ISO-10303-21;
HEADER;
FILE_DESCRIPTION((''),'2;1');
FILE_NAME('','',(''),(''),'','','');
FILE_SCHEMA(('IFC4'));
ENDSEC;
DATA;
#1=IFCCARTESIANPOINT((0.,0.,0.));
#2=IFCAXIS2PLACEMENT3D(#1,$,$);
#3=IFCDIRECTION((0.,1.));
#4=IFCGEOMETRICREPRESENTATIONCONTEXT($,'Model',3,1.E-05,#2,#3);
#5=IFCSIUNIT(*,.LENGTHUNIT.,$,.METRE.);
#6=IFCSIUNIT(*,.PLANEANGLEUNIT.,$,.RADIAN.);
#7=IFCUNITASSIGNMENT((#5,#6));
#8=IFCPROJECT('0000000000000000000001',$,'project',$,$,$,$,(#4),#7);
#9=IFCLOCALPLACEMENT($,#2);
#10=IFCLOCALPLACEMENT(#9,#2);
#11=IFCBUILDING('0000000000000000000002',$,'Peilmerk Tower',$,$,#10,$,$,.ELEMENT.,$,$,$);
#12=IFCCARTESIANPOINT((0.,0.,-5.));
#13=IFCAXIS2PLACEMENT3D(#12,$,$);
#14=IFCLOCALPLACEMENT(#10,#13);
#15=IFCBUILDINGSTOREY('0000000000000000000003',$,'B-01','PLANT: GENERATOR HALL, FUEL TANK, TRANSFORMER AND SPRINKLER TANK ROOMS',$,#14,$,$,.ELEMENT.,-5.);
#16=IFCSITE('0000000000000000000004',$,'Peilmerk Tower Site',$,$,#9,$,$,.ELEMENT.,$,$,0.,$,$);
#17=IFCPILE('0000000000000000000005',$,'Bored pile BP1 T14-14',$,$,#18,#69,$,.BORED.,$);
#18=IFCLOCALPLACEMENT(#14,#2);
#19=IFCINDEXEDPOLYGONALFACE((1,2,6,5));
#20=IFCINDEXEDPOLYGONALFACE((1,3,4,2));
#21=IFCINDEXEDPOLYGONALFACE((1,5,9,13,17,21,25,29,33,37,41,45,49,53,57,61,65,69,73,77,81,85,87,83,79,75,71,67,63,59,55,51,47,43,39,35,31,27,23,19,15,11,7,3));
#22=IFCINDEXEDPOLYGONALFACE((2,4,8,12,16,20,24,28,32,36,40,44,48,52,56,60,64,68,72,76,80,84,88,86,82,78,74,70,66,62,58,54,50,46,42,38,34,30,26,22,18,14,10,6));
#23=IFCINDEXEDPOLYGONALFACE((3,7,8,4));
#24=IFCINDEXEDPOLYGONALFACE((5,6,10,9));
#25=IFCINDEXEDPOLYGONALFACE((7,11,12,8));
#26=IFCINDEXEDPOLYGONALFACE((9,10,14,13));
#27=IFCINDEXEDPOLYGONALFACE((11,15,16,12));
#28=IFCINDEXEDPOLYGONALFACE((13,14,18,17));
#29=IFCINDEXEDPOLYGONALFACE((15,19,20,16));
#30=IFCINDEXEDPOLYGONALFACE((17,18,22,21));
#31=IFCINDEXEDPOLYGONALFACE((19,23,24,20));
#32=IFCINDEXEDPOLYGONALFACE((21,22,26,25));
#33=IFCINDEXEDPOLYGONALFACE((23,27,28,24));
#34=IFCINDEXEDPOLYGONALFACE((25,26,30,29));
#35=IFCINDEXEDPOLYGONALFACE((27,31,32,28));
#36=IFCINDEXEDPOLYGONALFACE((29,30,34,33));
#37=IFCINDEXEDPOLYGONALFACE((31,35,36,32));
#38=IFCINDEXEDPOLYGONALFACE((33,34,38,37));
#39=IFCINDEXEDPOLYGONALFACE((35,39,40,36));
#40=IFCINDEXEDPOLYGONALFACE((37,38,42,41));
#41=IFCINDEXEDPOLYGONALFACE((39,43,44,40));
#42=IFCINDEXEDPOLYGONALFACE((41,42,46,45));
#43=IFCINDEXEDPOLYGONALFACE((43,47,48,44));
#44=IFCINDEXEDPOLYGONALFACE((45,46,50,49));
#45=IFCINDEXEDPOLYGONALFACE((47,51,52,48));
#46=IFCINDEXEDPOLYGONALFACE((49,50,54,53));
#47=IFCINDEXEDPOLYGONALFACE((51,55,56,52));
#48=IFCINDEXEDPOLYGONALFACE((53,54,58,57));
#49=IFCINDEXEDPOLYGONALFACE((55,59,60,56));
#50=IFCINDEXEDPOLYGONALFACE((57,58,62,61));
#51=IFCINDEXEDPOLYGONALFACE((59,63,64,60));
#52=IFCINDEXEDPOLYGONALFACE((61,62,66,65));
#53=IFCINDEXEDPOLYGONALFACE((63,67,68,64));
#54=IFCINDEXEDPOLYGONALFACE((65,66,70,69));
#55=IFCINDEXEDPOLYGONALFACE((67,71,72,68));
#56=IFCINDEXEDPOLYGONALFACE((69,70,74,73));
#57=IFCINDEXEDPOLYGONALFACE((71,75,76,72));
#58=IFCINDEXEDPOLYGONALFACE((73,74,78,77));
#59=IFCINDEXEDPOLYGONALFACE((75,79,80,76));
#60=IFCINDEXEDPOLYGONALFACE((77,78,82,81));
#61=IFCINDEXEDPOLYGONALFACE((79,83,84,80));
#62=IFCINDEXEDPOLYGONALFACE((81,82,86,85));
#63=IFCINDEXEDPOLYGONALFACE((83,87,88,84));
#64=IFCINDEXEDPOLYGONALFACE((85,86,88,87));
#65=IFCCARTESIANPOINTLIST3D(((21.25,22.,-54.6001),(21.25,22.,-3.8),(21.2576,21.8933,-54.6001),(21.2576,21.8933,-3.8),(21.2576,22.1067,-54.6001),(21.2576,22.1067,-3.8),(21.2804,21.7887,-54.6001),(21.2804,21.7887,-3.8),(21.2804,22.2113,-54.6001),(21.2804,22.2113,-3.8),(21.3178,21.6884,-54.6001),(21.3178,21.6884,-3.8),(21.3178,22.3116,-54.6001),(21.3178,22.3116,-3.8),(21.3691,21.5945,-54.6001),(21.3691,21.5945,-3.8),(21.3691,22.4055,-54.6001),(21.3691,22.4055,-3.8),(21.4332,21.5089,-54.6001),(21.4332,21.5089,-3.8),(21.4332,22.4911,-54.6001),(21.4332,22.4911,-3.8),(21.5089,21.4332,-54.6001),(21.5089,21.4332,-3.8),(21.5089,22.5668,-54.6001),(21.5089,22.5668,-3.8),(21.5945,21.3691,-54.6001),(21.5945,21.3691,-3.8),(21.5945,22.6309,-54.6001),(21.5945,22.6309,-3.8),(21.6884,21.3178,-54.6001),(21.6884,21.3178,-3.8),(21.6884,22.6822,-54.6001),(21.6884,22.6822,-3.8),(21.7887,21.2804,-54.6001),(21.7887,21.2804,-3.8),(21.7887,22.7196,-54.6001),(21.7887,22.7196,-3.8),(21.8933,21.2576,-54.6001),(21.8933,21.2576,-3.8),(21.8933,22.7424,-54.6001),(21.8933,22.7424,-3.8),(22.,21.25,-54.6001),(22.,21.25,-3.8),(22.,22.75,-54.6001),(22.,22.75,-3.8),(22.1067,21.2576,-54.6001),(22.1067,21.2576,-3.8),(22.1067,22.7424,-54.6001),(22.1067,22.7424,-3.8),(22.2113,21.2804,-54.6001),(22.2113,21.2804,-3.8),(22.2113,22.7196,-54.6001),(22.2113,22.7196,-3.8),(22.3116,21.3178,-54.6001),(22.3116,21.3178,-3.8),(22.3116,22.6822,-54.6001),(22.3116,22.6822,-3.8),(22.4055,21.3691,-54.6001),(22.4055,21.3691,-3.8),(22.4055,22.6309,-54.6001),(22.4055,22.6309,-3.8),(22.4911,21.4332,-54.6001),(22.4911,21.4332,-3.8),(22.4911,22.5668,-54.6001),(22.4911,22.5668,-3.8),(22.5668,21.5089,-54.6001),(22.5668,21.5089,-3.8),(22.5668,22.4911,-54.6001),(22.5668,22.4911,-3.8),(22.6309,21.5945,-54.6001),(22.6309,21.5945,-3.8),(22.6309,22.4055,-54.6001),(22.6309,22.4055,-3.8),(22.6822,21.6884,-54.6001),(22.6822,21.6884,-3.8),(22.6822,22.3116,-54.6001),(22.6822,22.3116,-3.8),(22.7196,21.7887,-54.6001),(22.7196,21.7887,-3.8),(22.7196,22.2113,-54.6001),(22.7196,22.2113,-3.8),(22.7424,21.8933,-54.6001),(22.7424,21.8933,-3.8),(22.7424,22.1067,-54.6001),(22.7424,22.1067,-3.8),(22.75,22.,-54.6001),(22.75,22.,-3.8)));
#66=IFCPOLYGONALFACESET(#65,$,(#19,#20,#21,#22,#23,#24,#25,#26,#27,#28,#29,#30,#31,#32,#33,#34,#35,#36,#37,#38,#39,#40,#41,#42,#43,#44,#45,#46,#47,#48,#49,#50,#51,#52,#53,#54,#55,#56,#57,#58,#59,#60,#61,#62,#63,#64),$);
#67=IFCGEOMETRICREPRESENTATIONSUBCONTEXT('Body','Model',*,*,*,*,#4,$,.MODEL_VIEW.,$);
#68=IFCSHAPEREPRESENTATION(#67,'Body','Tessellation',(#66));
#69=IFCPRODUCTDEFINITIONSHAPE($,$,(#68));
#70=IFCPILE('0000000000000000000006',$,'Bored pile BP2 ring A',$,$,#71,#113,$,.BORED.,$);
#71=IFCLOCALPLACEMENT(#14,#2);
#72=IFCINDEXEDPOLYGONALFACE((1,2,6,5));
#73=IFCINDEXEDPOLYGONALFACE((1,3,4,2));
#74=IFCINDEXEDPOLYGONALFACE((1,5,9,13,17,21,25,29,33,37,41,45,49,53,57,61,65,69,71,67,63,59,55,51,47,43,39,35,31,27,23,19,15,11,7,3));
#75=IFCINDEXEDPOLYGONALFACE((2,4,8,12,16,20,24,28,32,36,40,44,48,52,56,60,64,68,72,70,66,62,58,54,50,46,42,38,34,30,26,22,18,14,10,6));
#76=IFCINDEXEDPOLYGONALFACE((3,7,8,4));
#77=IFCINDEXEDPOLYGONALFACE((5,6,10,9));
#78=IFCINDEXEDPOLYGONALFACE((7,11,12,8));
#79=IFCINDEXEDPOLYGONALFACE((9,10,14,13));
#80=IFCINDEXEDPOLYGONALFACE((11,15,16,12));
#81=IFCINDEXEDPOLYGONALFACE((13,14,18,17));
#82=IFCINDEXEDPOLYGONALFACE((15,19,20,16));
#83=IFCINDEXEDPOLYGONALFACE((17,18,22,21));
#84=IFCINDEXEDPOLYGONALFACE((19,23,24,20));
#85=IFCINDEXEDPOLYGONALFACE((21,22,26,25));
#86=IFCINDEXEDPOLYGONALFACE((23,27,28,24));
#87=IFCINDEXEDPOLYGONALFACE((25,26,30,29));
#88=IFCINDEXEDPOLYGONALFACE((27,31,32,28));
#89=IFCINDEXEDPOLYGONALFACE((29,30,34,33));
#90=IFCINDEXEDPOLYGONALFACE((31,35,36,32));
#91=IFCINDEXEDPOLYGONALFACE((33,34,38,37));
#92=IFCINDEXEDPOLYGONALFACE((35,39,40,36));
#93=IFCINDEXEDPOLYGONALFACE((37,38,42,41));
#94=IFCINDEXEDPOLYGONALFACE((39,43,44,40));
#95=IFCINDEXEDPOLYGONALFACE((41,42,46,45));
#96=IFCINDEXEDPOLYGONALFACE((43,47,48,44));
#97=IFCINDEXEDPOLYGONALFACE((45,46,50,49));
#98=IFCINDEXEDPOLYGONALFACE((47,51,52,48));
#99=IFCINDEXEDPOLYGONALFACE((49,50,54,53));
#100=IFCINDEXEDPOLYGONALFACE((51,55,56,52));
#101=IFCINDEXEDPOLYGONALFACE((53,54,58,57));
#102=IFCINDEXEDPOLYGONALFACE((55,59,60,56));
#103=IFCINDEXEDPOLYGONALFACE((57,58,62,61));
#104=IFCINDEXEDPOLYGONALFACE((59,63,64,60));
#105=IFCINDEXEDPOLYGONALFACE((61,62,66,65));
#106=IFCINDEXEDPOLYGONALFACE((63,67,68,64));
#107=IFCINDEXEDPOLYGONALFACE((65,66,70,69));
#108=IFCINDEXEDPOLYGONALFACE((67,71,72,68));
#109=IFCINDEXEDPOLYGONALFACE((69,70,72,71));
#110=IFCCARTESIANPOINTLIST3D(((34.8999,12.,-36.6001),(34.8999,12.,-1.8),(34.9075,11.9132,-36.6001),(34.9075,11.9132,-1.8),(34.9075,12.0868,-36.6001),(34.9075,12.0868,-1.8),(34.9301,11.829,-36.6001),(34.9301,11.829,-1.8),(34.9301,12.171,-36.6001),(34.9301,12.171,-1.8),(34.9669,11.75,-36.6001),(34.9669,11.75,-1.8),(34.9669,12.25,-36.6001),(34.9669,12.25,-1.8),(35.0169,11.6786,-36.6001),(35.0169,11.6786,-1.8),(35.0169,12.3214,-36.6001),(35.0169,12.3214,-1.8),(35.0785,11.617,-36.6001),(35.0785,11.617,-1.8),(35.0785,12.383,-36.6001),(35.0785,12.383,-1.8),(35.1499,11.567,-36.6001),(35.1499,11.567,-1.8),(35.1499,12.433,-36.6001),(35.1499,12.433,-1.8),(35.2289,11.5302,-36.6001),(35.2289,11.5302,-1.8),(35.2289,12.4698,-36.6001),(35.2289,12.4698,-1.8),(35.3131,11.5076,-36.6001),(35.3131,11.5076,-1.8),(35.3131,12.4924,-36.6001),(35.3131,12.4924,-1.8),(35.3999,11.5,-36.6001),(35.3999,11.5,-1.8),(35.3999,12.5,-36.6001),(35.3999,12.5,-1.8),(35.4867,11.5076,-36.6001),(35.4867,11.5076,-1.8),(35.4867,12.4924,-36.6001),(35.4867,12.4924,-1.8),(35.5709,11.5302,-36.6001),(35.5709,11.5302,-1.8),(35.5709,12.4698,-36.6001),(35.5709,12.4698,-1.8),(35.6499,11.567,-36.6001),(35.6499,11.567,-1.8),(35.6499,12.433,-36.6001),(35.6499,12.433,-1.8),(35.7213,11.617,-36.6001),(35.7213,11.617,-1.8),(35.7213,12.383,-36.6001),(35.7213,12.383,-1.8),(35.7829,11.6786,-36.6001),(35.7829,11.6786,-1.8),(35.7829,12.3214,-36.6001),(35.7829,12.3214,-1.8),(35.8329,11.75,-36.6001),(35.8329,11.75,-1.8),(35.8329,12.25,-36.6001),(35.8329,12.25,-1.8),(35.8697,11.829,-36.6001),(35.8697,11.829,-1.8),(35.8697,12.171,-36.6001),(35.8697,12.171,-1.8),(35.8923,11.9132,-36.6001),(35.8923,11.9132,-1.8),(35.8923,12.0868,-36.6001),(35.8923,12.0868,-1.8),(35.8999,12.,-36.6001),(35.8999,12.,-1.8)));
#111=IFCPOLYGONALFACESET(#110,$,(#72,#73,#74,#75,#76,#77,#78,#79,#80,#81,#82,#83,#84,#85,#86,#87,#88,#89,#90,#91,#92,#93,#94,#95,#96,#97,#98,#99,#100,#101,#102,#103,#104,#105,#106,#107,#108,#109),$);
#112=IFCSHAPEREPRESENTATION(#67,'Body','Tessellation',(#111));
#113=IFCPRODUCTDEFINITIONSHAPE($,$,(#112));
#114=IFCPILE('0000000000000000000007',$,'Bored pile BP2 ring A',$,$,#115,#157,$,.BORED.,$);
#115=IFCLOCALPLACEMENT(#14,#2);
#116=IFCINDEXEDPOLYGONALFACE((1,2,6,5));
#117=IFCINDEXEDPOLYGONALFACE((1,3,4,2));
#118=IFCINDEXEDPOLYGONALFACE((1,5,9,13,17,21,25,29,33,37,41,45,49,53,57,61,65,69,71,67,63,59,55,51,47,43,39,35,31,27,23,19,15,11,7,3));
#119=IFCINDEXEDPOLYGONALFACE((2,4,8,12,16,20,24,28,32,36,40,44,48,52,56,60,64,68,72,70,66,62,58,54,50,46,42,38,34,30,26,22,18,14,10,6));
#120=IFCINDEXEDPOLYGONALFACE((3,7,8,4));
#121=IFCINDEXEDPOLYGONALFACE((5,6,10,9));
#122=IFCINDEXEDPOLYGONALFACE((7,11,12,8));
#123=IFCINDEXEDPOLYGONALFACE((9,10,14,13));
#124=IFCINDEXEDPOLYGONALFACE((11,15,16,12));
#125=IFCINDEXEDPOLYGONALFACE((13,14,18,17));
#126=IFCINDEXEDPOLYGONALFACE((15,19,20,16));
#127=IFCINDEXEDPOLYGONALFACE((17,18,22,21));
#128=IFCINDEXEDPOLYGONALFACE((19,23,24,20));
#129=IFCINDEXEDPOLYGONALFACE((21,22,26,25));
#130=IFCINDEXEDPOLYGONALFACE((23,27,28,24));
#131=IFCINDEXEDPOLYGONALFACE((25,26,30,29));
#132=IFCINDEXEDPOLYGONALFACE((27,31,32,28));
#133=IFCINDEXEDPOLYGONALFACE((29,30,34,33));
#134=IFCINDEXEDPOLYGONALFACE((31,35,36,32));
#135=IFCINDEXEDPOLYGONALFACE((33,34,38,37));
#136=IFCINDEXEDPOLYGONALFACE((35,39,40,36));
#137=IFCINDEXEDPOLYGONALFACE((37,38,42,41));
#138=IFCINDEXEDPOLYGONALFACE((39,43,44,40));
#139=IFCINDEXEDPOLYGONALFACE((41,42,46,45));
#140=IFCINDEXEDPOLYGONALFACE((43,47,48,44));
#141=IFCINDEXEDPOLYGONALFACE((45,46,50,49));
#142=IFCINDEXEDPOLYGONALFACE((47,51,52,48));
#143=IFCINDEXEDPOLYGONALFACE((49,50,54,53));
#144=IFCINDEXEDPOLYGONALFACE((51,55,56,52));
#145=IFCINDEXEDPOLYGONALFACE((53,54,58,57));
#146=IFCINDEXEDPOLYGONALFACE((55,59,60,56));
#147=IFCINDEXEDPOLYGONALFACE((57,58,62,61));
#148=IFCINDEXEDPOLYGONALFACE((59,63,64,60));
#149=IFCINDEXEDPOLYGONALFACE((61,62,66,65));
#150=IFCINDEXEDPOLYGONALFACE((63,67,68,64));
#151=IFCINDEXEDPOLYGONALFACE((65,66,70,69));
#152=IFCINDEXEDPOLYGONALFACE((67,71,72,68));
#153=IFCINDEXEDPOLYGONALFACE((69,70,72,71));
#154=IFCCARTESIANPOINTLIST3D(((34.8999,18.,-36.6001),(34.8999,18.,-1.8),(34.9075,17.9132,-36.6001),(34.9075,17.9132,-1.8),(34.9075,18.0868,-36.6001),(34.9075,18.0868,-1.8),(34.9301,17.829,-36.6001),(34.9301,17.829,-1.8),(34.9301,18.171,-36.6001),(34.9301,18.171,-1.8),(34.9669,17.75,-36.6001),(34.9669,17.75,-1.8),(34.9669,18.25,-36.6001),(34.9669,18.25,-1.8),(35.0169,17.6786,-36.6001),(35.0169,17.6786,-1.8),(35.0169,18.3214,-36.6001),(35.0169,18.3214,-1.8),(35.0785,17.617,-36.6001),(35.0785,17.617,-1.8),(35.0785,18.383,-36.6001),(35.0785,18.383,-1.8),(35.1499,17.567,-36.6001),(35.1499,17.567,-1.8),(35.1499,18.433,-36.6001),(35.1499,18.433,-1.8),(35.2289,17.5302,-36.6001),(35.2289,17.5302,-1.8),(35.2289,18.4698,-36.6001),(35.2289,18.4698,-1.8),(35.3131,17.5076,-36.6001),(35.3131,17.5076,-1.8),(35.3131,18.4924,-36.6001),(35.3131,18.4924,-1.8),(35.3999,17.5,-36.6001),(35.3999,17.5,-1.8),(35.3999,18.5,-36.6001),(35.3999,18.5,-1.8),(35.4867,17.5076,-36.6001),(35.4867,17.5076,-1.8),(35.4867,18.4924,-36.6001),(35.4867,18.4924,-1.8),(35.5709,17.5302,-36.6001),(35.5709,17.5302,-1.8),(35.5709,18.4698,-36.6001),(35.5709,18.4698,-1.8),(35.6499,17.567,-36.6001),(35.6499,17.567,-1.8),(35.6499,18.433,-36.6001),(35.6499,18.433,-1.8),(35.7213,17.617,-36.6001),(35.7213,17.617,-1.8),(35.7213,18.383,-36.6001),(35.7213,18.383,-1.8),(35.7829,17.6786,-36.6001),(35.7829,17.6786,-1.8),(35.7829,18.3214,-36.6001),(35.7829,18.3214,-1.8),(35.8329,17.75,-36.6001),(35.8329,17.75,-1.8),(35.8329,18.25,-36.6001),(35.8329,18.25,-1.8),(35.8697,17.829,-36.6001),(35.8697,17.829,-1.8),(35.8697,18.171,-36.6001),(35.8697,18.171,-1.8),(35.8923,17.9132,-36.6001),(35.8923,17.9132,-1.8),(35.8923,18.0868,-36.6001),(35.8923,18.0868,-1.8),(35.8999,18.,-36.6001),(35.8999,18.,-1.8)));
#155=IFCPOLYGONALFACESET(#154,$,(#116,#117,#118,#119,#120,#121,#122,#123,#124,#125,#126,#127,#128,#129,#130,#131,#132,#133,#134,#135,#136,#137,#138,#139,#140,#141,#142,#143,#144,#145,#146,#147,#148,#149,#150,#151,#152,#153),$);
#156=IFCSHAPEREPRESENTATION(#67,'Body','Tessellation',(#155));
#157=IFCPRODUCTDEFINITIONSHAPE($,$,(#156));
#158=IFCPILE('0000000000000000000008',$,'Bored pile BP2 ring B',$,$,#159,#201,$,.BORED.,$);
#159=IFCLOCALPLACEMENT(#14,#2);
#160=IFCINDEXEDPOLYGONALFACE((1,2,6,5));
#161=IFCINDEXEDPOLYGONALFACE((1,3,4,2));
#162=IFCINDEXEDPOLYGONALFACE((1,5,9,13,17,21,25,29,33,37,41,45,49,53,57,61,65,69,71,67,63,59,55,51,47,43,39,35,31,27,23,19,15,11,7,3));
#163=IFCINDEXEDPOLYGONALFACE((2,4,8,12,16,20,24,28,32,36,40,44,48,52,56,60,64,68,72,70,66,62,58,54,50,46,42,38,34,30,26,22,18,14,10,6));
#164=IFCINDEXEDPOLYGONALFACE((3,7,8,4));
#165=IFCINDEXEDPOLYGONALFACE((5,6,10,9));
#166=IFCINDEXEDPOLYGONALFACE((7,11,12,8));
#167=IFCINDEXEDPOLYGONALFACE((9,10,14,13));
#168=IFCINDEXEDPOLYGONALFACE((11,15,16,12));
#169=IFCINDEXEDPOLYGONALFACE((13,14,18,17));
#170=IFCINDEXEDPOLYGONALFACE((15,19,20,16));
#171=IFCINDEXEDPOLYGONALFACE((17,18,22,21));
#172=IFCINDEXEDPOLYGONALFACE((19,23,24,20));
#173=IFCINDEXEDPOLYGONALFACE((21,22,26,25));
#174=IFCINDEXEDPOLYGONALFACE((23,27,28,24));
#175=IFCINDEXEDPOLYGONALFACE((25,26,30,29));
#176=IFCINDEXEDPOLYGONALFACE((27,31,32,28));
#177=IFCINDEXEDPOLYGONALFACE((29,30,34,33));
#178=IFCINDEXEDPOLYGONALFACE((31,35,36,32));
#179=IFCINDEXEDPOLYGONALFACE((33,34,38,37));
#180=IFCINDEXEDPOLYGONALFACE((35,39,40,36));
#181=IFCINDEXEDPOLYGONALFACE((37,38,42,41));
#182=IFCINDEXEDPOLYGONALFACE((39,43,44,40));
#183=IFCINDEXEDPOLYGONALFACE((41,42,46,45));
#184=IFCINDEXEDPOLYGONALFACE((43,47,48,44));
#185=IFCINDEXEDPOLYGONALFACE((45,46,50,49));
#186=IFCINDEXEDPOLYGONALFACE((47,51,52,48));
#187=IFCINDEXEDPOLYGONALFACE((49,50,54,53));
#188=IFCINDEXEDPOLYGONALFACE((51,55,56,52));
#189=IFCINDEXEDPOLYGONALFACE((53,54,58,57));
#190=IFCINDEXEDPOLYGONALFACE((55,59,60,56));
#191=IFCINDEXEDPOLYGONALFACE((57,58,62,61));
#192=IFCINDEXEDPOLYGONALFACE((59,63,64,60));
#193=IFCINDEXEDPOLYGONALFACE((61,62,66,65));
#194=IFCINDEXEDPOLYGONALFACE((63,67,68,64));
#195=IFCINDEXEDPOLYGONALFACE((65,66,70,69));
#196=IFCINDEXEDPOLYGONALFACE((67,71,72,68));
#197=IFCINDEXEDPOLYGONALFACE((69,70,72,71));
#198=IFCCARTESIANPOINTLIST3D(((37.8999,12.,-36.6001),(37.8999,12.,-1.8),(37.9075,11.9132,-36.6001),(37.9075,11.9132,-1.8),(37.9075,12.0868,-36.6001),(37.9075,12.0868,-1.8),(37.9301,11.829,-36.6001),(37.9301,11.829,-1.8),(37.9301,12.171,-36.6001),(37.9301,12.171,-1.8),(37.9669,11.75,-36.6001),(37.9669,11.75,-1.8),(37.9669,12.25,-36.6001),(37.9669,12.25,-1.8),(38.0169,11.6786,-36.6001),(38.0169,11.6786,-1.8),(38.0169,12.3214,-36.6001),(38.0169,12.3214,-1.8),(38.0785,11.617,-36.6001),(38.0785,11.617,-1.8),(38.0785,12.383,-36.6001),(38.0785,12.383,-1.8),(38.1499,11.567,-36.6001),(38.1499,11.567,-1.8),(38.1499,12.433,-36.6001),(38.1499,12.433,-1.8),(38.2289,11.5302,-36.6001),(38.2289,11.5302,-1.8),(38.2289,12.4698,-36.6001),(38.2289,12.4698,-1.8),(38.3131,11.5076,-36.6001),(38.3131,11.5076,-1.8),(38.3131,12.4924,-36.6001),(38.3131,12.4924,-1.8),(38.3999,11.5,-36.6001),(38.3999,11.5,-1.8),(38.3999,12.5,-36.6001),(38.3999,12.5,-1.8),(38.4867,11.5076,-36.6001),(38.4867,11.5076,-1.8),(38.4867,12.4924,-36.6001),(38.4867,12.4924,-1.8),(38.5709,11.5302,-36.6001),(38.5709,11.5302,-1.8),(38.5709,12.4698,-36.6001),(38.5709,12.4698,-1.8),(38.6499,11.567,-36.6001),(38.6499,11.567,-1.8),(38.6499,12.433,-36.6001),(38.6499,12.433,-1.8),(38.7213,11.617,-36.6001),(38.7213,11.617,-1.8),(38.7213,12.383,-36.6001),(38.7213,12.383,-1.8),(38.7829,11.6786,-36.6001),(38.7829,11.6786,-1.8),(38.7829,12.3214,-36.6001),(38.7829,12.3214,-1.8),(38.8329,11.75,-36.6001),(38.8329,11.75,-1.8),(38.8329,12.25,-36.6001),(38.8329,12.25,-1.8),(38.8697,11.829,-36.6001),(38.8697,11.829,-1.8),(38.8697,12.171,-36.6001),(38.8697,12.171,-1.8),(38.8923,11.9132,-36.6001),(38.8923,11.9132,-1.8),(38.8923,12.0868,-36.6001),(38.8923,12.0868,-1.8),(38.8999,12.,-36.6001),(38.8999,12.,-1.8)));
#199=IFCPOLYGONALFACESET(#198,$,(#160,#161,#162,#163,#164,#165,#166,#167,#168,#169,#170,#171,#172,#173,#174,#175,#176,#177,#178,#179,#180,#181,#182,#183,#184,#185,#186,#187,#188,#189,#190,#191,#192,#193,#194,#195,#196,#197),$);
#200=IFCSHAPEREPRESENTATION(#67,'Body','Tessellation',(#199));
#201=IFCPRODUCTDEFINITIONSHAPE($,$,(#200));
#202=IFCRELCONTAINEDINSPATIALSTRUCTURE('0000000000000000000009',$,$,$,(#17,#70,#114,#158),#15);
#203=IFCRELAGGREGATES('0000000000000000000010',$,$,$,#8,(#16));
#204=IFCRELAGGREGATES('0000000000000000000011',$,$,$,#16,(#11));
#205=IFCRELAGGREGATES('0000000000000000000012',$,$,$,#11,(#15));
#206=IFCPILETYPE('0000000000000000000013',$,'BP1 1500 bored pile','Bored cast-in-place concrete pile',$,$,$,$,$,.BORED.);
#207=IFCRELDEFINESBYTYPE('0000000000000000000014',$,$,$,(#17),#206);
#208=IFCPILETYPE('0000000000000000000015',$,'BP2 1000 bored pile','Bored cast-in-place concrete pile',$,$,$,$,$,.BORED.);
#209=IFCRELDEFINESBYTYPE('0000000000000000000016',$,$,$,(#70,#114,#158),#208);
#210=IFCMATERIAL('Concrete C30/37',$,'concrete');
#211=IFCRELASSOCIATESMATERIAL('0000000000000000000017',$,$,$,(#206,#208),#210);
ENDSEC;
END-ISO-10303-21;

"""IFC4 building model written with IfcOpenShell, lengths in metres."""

from ifc_helpers import new_model, si_unit, direction, frame, origin, origin_2d, place, context, subcontext, project, spatial, circle, extrude, material, material_profile, profile_set, type_object, element, save


model = new_model("IFC4")

# Units and contexts
model_context = context("Model", 3, precision=1e-05, world=origin(), true_north=direction((0.0, 1.0)))
body_context = subcontext(model_context, "Body", "Model", "MODEL_VIEW")
ifc_project = project(units=[si_unit("LENGTHUNIT", "METRE"), si_unit("PLANEANGLEUNIT", "RADIAN")], contexts=[model_context])

# Site, building, storey
site_placement = place(None, origin())
site = spatial("IfcSite", under=ifc_project, at=site_placement, Name="Peilmerk Tower Site", CompositionType="ELEMENT", RefElevation=0.0)
building_placement = place(site_placement, origin())
building = spatial("IfcBuilding", under=site, at=building_placement, Name="Peilmerk Tower", CompositionType="ELEMENT")
storey_placement = place(building_placement, frame((0.0, 0.0, -5.0)))
storey = spatial("IfcBuildingStorey", under=building, at=storey_placement, Name="B-01", Description="PLANT: GENERATOR HALL, FUEL TANK, TRANSFORMER AND SPRINKLER TANK ROOMS", CompositionType="ELEMENT", Elevation=-5.0)

# Piles
ifc_material_1 = material(Name="Concrete C30/37", Category="concrete")
ifc_material_profile_1 = material_profile(ifc_material_1, circle(Radius=0.75, at=origin_2d()), Name="BP 1500")
ifc_profile_set_1 = profile_set([ifc_material_profile_1], Name="Concrete C30/37")
pile_type_1 = type_object("IfcPileType", Name="BP1 1500 bored pile", Description="Bored cast-in-place concrete pile", PredefinedType="BORED", material=ifc_profile_set_1)
for number, where, z_axis, x_axis, name in (
    (1, (22.0, 22.0, -3.8), (0.0, 0.0, -1.0), (1.0, 0.0, 0.0), "Bored pile BP1 T14-14"),
):
    element("IfcPile", number, at=place(storey_placement, frame(where, z_axis=z_axis, x_axis=x_axis)), inside=storey, type_object=pile_type_1, Name=name, PredefinedType="BORED", context=body_context, shape_type="SweptSolid", body=[
        extrude(circle(Radius=0.75, at=origin_2d()), origin(), (0.0, 0.0, 1.0), 50.8),
    ])
ifc_material_profile_2 = material_profile(ifc_material_1, circle(Radius=0.5, at=origin_2d()), Name="BP 1000")
ifc_profile_set_2 = profile_set([ifc_material_profile_2], Name="Concrete C30/37")
pile_type_2 = type_object("IfcPileType", Name="BP2 1000 bored pile", Description="Bored cast-in-place concrete pile", PredefinedType="BORED", material=ifc_profile_set_2)
for number, where, z_axis, x_axis, name in (
    (2, (35.3999, 12.0, -1.8), (0.0, 0.0, -1.0), (1.0, 0.0, 0.0), "Bored pile BP2 ring A"),
    (3, (35.3999, 18.0, -1.8), (0.0, 0.0, -1.0), (1.0, 0.0, 0.0), "Bored pile BP2 ring A"),
    (4, (38.3999, 12.0, -1.8), (0.0, 0.0, -1.0), (1.0, 0.0, 0.0), "Bored pile BP2 ring B"),
):
    element("IfcPile", number, at=place(storey_placement, frame(where, z_axis=z_axis, x_axis=x_axis)), inside=storey, type_object=pile_type_2, Name=name, PredefinedType="BORED", context=body_context, shape_type="SweptSolid", body=[
        extrude(circle(Radius=0.5, at=origin_2d()), origin(), (0.0, 0.0, 1.0), 34.8),
    ])

save(model, "model.ifc")
